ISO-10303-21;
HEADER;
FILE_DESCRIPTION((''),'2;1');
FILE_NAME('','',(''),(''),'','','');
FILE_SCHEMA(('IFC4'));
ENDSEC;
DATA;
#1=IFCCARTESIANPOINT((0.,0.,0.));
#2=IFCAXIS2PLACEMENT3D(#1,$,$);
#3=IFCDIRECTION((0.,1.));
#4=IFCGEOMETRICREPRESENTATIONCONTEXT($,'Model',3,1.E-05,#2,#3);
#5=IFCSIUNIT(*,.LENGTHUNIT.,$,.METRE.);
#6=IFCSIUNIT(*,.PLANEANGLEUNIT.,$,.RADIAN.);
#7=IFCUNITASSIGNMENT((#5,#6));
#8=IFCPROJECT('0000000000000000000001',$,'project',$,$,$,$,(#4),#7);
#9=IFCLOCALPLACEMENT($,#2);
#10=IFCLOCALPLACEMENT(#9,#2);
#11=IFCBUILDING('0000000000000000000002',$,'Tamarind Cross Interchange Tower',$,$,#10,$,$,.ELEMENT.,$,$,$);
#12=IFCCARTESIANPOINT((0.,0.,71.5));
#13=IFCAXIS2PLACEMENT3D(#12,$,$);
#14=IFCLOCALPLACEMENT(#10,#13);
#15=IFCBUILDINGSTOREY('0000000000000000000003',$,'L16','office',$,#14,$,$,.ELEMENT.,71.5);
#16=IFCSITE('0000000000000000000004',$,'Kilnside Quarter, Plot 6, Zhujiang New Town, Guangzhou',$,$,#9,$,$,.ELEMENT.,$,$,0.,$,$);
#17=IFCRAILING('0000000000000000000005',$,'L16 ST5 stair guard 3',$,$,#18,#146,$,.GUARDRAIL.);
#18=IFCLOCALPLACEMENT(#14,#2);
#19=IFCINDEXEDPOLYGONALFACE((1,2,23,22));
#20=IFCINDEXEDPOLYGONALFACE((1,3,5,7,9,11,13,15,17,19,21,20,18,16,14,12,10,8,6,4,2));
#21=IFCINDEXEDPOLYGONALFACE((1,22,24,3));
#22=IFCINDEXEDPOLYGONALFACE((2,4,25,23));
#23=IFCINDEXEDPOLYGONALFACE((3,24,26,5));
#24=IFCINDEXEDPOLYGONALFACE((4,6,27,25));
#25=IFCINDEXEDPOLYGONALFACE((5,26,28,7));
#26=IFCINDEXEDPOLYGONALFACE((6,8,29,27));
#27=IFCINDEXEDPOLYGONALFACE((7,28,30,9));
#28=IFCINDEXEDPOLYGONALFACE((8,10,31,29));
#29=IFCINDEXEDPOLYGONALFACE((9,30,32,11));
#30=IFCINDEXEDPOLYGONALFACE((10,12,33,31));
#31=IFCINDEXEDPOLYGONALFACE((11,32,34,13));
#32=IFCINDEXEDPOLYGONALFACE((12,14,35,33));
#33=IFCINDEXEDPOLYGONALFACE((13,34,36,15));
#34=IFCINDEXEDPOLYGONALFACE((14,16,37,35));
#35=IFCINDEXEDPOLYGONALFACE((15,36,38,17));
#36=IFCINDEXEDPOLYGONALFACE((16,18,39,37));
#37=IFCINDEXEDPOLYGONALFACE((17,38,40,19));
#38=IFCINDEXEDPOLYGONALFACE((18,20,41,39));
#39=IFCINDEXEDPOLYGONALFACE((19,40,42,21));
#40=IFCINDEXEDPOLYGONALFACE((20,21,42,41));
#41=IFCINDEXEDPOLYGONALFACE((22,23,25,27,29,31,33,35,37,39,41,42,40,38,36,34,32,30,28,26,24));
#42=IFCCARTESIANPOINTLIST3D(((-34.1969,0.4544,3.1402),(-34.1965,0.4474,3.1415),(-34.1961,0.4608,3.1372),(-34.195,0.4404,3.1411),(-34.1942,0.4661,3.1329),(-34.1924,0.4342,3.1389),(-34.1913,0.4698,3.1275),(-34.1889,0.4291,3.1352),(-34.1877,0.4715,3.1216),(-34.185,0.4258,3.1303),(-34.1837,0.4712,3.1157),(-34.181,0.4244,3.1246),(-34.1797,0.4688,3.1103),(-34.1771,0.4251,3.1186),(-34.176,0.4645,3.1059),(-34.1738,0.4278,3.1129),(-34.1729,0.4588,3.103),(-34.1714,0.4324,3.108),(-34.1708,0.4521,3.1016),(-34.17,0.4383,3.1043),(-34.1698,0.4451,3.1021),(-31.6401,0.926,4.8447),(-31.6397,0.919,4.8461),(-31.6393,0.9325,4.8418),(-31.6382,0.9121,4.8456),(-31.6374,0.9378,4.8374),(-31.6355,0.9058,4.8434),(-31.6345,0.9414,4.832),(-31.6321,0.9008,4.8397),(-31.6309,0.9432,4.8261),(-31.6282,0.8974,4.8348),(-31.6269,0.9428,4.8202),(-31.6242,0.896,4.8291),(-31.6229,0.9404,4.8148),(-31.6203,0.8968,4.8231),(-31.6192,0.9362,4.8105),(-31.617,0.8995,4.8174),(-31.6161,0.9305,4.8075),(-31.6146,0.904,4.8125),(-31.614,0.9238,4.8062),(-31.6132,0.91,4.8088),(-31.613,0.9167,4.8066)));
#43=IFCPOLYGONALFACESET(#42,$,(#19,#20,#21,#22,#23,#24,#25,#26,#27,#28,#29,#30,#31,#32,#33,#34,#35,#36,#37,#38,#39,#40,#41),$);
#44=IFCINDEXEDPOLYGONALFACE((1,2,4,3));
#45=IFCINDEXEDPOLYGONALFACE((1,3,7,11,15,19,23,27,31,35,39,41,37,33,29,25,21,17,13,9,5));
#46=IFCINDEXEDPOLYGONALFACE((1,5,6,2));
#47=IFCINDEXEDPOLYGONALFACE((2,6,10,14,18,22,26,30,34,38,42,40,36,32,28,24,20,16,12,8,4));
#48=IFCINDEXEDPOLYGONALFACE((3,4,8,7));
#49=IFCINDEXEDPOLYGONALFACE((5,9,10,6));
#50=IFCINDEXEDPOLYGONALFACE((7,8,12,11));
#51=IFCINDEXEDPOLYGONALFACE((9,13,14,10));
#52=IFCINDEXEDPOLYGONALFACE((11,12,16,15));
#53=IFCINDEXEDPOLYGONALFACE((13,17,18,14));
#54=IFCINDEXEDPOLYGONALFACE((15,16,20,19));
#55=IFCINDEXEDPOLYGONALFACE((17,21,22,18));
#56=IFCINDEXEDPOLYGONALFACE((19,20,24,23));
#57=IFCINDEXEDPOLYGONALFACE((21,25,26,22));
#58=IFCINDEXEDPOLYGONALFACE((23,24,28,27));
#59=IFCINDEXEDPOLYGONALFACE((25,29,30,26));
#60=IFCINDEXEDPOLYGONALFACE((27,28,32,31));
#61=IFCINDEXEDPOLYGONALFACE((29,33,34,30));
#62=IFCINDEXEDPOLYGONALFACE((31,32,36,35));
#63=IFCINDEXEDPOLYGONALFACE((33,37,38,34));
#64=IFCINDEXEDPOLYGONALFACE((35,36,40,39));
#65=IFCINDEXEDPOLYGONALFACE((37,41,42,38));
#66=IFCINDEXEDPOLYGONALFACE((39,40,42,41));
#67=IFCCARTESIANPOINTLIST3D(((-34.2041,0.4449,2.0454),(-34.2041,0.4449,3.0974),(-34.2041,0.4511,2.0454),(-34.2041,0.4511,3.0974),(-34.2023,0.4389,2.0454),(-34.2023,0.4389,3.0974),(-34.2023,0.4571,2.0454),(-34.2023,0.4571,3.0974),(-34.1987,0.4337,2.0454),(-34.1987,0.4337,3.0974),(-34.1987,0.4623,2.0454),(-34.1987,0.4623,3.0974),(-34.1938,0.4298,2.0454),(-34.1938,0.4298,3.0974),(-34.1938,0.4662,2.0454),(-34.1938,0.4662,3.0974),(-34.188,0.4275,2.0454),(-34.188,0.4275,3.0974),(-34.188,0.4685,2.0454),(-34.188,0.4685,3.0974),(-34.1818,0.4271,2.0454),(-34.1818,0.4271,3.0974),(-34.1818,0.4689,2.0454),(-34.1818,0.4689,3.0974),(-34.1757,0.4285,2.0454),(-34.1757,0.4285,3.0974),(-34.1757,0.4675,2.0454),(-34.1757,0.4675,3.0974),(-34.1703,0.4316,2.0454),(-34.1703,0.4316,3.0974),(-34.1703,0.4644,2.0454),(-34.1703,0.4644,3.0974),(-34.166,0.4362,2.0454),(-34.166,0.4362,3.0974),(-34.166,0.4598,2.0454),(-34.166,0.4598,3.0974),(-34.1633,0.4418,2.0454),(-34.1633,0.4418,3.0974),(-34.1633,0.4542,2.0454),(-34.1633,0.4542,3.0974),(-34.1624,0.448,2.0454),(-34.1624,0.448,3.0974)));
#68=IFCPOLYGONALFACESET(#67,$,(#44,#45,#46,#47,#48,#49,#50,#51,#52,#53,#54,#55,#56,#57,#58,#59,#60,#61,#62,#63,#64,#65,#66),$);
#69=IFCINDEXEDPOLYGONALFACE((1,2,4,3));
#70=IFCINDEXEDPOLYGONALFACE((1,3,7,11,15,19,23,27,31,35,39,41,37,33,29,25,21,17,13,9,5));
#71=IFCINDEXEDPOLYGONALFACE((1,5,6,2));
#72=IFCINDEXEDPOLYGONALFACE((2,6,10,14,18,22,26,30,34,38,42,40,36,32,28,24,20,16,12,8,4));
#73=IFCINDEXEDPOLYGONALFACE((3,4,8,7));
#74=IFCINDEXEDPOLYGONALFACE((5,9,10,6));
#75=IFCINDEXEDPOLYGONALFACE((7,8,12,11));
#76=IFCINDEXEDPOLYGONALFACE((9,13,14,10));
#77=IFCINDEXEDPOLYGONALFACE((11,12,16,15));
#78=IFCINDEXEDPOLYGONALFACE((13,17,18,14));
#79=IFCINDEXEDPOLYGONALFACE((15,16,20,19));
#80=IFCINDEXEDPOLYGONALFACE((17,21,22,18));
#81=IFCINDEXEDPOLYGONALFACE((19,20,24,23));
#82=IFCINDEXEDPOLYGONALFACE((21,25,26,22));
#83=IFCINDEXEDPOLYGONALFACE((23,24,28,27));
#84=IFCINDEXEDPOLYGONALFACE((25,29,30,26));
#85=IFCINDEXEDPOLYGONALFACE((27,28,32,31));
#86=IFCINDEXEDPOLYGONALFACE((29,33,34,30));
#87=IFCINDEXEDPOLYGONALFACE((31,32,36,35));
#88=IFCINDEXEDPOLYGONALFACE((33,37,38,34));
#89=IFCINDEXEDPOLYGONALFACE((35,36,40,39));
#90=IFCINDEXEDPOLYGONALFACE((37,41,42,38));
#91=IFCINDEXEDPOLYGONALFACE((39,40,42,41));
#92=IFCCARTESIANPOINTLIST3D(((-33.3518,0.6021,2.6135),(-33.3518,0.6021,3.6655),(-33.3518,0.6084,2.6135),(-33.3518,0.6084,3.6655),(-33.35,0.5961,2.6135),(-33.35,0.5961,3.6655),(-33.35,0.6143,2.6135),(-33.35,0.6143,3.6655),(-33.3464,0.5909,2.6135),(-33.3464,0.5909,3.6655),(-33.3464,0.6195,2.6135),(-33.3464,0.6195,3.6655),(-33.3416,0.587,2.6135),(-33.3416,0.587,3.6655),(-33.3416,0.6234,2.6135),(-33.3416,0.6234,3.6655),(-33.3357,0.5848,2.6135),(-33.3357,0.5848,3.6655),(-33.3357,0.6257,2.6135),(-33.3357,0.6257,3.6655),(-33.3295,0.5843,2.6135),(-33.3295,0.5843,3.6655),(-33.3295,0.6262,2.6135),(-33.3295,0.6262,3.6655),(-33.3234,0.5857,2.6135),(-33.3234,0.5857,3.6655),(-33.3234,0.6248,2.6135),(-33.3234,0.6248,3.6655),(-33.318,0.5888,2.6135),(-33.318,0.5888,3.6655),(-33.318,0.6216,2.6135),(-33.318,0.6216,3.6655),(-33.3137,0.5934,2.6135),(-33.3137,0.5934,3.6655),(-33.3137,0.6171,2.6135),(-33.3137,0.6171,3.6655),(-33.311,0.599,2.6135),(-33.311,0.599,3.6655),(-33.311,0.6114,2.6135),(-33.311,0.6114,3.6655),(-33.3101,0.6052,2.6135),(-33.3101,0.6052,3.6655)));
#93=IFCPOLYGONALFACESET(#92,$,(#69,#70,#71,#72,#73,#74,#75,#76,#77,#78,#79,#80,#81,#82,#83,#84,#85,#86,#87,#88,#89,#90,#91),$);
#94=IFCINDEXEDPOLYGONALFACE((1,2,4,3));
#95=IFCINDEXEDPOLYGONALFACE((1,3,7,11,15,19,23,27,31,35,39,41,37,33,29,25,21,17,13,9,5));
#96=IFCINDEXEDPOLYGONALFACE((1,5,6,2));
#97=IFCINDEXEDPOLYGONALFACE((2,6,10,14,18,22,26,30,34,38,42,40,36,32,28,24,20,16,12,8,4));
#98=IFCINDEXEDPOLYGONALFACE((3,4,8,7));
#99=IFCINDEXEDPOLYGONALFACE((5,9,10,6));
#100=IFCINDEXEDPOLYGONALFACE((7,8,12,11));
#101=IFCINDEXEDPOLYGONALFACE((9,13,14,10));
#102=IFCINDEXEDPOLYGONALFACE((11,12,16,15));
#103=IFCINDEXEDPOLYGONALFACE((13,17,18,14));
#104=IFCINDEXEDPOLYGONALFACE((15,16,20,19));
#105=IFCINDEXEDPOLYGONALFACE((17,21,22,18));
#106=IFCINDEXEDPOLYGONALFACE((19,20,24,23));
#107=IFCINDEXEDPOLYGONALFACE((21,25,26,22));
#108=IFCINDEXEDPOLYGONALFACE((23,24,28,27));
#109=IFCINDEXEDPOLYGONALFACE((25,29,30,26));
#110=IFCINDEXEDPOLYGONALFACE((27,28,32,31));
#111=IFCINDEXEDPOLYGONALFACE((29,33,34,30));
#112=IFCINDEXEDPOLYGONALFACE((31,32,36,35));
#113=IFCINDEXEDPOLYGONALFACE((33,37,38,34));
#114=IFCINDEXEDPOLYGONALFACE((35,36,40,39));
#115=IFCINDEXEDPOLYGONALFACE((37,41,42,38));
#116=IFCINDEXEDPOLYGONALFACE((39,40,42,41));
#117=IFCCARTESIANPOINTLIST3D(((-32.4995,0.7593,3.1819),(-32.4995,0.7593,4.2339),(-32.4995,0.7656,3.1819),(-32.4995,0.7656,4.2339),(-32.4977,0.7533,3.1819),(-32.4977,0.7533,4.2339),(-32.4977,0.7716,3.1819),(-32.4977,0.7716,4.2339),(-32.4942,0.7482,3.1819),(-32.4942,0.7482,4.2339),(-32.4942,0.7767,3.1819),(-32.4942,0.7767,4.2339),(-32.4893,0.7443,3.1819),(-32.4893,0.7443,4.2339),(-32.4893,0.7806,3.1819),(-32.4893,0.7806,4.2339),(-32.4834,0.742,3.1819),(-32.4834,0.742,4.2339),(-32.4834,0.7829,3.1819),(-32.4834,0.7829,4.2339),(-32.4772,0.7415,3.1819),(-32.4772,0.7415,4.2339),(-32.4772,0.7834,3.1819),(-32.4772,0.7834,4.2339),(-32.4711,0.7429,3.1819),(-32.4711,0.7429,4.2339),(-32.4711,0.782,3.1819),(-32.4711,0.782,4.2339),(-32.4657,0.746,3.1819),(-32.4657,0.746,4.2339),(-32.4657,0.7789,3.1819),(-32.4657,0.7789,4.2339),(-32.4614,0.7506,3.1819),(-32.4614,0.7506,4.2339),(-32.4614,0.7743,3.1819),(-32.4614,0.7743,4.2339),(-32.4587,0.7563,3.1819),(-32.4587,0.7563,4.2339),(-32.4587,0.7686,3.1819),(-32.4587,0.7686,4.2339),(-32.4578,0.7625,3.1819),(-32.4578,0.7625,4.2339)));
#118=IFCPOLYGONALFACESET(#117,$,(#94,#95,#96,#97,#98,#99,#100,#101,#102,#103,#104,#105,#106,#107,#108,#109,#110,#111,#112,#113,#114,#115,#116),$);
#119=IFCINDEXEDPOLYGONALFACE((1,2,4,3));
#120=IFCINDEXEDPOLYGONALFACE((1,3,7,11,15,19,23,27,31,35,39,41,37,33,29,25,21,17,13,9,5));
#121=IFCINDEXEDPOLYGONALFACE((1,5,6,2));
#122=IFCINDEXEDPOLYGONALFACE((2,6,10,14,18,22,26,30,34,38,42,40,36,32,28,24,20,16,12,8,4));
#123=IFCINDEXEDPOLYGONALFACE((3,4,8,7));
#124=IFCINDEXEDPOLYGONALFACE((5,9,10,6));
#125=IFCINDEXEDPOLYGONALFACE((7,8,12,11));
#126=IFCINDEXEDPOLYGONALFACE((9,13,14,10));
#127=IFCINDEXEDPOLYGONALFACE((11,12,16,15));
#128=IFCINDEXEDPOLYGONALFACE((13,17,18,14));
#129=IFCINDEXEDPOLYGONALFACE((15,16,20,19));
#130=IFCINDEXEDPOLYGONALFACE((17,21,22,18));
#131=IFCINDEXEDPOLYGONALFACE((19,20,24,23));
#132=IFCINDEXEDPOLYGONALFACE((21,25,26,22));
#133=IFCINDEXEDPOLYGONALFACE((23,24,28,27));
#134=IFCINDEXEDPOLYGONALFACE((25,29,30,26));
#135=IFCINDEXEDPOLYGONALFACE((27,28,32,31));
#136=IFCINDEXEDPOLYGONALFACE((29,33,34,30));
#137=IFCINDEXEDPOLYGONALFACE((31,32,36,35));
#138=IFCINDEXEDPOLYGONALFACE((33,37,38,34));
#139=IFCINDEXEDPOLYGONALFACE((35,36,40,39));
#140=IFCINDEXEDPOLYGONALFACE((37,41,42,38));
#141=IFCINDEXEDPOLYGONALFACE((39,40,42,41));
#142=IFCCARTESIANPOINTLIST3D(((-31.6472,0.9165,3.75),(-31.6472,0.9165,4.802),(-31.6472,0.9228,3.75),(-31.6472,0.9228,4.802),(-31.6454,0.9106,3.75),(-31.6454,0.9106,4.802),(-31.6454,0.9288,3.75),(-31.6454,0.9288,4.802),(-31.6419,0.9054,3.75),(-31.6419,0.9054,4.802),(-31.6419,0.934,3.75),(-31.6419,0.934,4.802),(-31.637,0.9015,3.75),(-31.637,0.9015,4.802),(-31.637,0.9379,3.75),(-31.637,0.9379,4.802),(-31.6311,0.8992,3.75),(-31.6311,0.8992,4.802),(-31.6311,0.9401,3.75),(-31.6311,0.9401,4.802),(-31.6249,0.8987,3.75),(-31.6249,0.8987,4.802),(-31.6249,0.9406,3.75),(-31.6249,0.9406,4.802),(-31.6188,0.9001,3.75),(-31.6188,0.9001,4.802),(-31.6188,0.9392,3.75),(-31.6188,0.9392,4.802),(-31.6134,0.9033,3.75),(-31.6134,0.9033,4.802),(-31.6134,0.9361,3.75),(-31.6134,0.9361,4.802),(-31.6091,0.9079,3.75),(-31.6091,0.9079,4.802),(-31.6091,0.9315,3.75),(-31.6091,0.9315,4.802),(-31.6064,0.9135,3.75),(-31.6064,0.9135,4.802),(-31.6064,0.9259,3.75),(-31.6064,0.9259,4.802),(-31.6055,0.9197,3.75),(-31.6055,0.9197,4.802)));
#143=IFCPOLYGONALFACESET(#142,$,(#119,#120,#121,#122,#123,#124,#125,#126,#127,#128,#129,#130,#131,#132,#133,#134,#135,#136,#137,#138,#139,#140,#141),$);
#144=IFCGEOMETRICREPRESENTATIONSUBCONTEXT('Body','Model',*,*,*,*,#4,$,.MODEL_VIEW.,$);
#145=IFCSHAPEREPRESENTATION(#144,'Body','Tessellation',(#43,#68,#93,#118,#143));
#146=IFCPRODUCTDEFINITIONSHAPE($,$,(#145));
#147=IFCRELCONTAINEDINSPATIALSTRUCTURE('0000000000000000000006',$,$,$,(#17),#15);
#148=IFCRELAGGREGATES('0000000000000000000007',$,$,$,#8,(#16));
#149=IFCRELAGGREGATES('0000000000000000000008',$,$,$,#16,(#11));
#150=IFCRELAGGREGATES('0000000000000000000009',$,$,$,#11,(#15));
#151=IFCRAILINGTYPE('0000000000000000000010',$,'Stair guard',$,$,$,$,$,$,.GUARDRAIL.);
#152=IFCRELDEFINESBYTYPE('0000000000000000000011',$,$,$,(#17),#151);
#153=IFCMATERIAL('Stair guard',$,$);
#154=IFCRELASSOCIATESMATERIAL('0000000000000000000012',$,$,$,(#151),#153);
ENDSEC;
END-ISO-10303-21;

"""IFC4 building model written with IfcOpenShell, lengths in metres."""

from ifc_helpers import new_model, si_unit, direction, frame, origin, origin_2d, place, context, subcontext, project, spatial, circle, extrude, material, type_object, element, save


model = new_model("IFC4")

# Units and contexts
model_context = context("Model", 3, precision=1e-05, world=origin(), true_north=direction((0.0, 1.0)))
body_context = subcontext(model_context, "Body", "Model", "MODEL_VIEW")
ifc_project = project(units=[si_unit("LENGTHUNIT", "METRE"), si_unit("PLANEANGLEUNIT", "RADIAN")], contexts=[model_context])

# Site, building, storey
site_placement = place(None, origin())
site = spatial("IfcSite", under=ifc_project, at=site_placement, Name="Kilnside Quarter, Plot 6, Zhujiang New Town, Guangzhou", CompositionType="ELEMENT", RefElevation=0.0)
building_placement = place(site_placement, origin())
building = spatial("IfcBuilding", under=site, at=building_placement, Name="Tamarind Cross Interchange Tower", CompositionType="ELEMENT")
storey_placement = place(building_placement, frame((0.0, 0.0, 71.5)))
storey = spatial("IfcBuildingStorey", under=building, at=storey_placement, Name="L16", Description="office", CompositionType="ELEMENT", Elevation=71.5)

# Railing
ifc_material_1 = material(Name="Stair guard")
railing_type_1 = type_object("IfcRailingType", Name="Stair guard", PredefinedType="GUARDRAIL", material=ifc_material_1)
railing_1_placement = place(storey_placement, frame((-34.1833, 0.448, 2.0454)))
element("IfcRailing", 1, at=railing_1_placement, inside=storey, type_object=railing_type_1, Name="L16 ST5 stair guard 3", PredefinedType="GUARDRAIL", context=body_context, shape_type="SweptSolid", body=[
    extrude(circle(Radius=0.0239, at=origin_2d()), frame((0.0, 0.0, 1.0762), z_axis=(0.822419, 0.151715, 0.548279), x_axis=(-0.181413, 0.983407, 0.0)), (0.0, 0.0, 1.0), 3.1089),
    extrude(circle(Radius=0.021, at=origin_2d()), origin(), (0.0, 0.0, 1.0), 1.052),
    extrude(circle(Radius=0.021, at=origin_2d()), frame((0.8523, 0.1572, 0.5681)), (0.0, 0.0, 1.0), 1.052),
    extrude(circle(Radius=0.021, at=origin_2d()), frame((1.7046, 0.3145, 1.1365)), (0.0, 0.0, 1.0), 1.052),
    extrude(circle(Radius=0.021, at=origin_2d()), frame((2.5569, 0.4717, 1.7046)), (0.0, 0.0, 1.0), 1.052),
])

save(model, "model.ifc")
